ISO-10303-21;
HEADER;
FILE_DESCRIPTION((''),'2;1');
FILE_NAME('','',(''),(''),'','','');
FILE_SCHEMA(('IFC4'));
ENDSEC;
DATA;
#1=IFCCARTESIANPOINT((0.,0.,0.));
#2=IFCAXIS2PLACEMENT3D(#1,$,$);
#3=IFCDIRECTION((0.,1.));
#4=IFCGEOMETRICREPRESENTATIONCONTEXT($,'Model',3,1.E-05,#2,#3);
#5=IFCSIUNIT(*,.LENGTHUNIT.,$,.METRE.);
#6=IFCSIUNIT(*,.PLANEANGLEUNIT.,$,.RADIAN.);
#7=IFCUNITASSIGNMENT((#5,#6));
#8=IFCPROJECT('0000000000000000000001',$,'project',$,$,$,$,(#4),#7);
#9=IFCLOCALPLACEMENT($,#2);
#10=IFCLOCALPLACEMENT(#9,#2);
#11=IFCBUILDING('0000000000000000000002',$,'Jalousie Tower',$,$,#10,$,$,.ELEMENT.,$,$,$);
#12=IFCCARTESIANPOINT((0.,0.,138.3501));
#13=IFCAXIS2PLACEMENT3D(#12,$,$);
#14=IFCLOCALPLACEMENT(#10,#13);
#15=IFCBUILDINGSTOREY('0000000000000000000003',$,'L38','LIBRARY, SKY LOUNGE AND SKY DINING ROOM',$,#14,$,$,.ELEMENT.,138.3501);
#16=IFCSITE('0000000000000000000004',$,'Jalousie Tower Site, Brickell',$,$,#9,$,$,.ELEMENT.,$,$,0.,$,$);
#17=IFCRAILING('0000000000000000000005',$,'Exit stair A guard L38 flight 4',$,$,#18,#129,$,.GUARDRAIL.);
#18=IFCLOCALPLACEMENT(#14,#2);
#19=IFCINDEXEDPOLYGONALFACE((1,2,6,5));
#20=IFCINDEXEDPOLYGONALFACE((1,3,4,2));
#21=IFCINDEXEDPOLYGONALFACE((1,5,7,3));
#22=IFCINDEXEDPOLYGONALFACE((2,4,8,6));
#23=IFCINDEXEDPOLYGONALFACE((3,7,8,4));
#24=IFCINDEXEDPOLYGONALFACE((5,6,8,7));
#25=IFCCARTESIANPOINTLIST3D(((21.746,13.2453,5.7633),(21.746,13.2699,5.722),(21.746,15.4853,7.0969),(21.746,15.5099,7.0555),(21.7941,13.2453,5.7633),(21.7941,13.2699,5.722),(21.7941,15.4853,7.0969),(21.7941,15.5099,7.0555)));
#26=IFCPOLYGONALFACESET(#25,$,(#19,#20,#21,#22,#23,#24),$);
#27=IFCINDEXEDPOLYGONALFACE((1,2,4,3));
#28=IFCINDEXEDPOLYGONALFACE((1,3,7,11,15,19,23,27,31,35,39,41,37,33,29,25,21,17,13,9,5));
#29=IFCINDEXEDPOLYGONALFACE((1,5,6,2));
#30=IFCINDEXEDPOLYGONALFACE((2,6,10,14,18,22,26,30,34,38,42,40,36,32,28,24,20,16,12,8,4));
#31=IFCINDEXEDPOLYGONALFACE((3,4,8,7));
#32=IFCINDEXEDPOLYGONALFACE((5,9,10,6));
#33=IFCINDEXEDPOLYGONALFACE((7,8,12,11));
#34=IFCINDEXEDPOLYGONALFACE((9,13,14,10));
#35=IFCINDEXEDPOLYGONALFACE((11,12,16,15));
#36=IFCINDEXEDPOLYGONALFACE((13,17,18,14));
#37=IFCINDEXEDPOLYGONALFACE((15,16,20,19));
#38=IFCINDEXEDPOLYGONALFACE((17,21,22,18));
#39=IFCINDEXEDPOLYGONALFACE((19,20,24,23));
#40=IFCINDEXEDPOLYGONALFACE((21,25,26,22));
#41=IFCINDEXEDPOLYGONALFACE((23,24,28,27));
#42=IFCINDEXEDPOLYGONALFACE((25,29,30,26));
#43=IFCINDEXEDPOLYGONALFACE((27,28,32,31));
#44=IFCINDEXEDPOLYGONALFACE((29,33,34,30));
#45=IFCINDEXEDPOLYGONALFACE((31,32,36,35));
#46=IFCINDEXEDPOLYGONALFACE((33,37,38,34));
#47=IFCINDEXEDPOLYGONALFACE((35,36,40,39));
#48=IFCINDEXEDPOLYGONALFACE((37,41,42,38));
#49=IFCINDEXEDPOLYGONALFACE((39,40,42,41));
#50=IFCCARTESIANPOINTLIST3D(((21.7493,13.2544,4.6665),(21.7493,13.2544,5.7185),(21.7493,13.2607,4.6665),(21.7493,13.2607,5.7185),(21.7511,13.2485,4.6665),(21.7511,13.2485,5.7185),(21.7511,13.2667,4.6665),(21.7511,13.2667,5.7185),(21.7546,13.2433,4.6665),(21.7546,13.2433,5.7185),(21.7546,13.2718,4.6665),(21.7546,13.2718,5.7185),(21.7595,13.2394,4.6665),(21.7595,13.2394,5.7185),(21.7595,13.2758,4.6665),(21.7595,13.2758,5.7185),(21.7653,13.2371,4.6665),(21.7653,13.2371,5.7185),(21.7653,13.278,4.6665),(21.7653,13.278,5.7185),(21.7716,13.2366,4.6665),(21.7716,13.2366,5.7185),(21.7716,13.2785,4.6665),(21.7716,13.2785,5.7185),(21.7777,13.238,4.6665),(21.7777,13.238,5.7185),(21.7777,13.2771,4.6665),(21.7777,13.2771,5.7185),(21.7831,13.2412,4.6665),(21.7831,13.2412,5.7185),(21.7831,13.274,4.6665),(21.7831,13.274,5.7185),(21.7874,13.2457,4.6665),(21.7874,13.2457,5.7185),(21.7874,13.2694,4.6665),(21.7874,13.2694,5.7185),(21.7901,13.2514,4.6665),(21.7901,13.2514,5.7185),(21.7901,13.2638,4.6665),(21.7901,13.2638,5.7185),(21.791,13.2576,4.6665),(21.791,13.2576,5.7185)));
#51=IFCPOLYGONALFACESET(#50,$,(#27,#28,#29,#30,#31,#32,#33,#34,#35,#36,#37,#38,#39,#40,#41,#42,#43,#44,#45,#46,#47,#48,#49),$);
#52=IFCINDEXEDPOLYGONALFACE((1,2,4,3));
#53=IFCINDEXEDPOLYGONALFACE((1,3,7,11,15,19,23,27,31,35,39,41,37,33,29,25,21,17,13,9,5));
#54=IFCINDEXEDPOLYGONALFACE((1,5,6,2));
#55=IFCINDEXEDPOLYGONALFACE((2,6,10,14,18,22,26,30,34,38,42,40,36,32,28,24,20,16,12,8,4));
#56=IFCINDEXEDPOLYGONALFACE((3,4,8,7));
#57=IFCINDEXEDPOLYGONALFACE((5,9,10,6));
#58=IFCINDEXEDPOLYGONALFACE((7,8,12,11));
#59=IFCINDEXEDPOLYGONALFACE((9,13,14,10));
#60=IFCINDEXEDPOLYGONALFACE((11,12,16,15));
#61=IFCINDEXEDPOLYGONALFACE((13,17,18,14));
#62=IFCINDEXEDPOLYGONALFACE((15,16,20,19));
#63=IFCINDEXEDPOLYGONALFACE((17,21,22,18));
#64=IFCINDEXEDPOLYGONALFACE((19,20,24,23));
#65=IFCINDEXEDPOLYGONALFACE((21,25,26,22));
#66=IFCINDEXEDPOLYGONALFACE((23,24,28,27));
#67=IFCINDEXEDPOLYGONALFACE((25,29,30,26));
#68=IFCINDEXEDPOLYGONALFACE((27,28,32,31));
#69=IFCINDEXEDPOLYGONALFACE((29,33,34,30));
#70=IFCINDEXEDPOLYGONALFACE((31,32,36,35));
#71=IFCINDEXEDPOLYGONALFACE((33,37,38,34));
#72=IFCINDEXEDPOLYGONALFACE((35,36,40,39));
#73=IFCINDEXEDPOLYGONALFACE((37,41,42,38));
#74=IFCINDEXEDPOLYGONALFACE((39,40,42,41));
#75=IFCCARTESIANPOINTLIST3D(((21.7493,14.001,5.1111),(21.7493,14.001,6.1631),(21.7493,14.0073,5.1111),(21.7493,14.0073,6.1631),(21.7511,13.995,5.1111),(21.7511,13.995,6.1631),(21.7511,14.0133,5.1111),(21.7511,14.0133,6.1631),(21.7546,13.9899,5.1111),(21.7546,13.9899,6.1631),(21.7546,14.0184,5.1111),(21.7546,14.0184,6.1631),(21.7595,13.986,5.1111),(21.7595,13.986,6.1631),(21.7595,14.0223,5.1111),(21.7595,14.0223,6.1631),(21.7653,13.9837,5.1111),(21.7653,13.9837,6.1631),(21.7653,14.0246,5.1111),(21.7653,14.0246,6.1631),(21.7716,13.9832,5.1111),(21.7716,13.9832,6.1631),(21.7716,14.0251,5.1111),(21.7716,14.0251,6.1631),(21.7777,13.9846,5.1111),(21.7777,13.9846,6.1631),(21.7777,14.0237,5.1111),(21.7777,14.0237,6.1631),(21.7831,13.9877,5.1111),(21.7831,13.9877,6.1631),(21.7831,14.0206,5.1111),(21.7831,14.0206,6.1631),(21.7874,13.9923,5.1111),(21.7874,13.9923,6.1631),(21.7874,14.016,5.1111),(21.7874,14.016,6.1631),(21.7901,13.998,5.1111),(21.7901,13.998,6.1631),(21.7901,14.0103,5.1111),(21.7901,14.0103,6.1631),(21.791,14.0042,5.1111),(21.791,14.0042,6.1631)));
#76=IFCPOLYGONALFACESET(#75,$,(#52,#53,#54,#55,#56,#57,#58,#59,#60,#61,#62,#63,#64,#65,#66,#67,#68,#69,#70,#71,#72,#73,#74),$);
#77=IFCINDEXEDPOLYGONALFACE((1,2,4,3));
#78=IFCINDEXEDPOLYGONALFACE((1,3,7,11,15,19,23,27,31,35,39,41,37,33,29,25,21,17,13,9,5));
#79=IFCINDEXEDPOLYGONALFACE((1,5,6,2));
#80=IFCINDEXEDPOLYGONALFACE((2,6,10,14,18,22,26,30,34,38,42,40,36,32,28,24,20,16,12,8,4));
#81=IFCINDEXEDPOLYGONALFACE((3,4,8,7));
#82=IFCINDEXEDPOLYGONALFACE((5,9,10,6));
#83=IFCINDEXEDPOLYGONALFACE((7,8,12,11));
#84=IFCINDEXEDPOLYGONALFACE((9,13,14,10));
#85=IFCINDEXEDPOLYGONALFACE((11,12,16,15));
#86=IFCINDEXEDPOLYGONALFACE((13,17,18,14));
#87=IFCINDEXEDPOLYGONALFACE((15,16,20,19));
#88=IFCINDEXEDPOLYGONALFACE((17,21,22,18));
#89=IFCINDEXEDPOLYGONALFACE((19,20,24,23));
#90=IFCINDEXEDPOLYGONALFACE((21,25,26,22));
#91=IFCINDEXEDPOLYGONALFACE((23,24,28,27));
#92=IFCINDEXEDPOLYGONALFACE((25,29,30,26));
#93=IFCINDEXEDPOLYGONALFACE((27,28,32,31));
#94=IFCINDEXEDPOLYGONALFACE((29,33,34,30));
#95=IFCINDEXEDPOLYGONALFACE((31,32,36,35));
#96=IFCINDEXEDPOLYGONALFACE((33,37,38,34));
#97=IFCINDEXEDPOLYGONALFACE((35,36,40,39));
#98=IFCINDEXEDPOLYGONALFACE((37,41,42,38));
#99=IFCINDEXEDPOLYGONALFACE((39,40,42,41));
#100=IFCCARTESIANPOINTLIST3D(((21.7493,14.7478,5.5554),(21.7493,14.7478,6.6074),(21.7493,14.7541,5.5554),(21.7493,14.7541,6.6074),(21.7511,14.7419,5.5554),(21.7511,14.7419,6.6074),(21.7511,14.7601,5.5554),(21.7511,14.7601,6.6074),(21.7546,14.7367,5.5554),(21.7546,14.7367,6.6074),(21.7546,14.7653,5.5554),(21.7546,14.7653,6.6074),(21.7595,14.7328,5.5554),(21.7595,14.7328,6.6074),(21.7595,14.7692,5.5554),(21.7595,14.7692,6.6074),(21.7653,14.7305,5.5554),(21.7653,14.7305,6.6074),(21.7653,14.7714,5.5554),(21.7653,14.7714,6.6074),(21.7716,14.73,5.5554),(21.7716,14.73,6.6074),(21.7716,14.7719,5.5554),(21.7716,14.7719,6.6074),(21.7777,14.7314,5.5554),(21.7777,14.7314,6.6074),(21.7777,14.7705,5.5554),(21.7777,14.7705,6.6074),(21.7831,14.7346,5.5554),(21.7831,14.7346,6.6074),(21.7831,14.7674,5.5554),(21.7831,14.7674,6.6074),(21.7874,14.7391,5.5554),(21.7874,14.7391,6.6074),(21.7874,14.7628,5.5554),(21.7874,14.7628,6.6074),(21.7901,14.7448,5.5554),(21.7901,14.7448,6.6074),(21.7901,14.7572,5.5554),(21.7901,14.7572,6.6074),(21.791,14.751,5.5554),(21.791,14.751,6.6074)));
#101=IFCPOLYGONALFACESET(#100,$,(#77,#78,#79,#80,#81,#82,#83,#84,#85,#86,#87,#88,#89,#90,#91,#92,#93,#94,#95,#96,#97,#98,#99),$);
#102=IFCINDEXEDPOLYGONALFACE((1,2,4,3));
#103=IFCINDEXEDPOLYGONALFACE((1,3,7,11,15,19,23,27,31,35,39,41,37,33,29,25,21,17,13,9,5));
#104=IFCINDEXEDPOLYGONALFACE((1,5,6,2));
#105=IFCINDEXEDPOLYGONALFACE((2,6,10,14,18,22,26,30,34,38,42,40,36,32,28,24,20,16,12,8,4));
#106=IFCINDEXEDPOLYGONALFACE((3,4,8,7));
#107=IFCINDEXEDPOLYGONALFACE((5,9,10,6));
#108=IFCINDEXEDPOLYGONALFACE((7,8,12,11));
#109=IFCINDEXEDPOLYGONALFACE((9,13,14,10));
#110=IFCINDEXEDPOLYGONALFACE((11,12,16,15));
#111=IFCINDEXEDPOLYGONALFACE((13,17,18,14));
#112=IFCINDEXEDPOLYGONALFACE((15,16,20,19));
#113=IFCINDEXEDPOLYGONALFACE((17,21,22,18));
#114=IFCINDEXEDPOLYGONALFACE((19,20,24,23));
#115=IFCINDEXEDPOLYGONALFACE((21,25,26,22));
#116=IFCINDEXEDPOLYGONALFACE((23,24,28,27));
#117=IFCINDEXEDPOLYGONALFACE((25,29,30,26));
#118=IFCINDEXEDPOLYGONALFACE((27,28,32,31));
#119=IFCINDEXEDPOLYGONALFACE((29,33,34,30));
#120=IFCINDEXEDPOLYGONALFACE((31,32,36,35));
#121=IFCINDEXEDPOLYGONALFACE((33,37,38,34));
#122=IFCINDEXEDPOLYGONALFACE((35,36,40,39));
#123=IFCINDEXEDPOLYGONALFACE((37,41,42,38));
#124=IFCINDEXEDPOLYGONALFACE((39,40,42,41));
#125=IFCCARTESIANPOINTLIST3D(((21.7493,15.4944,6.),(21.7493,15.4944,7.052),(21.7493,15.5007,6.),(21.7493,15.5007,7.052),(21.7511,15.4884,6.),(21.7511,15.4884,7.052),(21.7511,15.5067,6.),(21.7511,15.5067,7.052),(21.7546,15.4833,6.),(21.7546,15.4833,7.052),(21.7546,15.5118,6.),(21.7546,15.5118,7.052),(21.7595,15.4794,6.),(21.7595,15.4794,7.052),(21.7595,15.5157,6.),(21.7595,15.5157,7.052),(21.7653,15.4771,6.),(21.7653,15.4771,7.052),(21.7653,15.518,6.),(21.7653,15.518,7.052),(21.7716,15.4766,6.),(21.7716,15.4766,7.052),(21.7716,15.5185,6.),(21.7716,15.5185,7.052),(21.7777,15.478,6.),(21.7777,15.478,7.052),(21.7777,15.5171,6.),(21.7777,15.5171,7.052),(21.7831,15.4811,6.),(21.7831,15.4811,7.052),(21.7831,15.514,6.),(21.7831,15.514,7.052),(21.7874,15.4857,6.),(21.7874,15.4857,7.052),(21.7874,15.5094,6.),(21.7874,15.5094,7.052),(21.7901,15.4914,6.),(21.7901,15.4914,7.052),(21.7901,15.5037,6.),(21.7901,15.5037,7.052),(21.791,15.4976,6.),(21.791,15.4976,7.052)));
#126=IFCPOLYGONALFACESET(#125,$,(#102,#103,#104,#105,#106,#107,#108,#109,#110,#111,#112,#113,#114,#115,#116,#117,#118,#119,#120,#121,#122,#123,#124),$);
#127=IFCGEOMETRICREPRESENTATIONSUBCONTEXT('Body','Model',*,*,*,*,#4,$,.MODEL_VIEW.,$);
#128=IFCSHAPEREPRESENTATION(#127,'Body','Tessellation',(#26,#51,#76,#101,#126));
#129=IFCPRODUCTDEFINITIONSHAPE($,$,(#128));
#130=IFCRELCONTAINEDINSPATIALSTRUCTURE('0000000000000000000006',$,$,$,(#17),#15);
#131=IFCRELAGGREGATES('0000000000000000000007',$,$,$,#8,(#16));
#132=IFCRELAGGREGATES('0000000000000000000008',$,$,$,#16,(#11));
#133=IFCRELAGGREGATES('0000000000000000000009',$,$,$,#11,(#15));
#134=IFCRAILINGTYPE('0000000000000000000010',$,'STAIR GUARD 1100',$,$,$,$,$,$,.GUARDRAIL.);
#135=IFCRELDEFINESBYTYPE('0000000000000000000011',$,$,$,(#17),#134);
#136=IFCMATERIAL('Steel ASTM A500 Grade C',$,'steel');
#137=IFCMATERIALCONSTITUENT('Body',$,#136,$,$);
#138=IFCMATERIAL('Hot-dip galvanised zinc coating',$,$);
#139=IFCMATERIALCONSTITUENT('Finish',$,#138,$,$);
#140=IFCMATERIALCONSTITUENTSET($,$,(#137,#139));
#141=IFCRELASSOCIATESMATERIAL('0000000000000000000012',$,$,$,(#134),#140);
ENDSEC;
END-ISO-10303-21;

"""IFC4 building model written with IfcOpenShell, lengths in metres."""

from ifc_helpers import new_model, si_unit, direction, frame, origin, origin_2d, place, context, subcontext, project, spatial, rectangle, circle, extrude, material, constituent, constituent_set, type_object, element, save


model = new_model("IFC4")

# Units and contexts
model_context = context("Model", 3, precision=1e-05, world=origin(), true_north=direction((0.0, 1.0)))
body_context = subcontext(model_context, "Body", "Model", "MODEL_VIEW")
ifc_project = project(units=[si_unit("LENGTHUNIT", "METRE"), si_unit("PLANEANGLEUNIT", "RADIAN")], contexts=[model_context])

# Site, building, storey
site_placement = place(None, origin())
site = spatial("IfcSite", under=ifc_project, at=site_placement, Name="Jalousie Tower Site, Brickell", CompositionType="ELEMENT", RefElevation=0.0)
building_placement = place(site_placement, origin())
building = spatial("IfcBuilding", under=site, at=building_placement, Name="Jalousie Tower", CompositionType="ELEMENT")
storey_placement = place(building_placement, frame((0.0, 0.0, 138.3501)))
storey = spatial("IfcBuildingStorey", under=building, at=storey_placement, Name="L38", Description="LIBRARY, SKY LOUNGE AND SKY DINING ROOM", CompositionType="ELEMENT", Elevation=138.3501)

# Railing
ifc_material_1 = material(Name="Steel ASTM A500 Grade C", Category="steel")
ifc_constituent_1 = constituent(ifc_material_1, Name="Body")
ifc_material_2 = material(Name="Hot-dip galvanised zinc coating")
ifc_constituent_2 = constituent(ifc_material_2, Name="Finish")
ifc_constituent_set_1 = constituent_set(constituents=[ifc_constituent_1, ifc_constituent_2])
railing_type_1 = type_object("IfcRailingType", Name="STAIR GUARD 1100", PredefinedType="GUARDRAIL", material=ifc_constituent_set_1)
railing_1_placement = place(storey_placement, frame((21.77, 13.2576, 4.6665)))
element("IfcRailing", 1, at=railing_1_placement, inside=storey, type_object=railing_type_1, Name="Exit stair A guard L38 flight 4", PredefinedType="GUARDRAIL", context=body_context, shape_type="SweptSolid", body=[
    extrude(rectangle(XDim=0.0481, YDim=0.0481, at=origin_2d()), frame((0.0, 0.0, 1.0762), z_axis=(0.0, 0.859264, 0.511532), x_axis=(-1.0, 0.0, 0.0)), (0.0, 0.0, 1.0), 2.6069),
    extrude(circle(Radius=0.021, at=origin_2d()), origin(), (0.0, 0.0, 1.0), 1.052),
    extrude(circle(Radius=0.021, at=origin_2d()), frame((0.0, 0.7466, 0.4446)), (0.0, 0.0, 1.0), 1.052),
    extrude(circle(Radius=0.021, at=origin_2d()), frame((0.0, 1.4934, 0.8889)), (0.0, 0.0, 1.0), 1.052),
    extrude(circle(Radius=0.021, at=origin_2d()), frame((0.0, 2.24, 1.3335)), (0.0, 0.0, 1.0), 1.052),
])

save(model, "model.ifc")
